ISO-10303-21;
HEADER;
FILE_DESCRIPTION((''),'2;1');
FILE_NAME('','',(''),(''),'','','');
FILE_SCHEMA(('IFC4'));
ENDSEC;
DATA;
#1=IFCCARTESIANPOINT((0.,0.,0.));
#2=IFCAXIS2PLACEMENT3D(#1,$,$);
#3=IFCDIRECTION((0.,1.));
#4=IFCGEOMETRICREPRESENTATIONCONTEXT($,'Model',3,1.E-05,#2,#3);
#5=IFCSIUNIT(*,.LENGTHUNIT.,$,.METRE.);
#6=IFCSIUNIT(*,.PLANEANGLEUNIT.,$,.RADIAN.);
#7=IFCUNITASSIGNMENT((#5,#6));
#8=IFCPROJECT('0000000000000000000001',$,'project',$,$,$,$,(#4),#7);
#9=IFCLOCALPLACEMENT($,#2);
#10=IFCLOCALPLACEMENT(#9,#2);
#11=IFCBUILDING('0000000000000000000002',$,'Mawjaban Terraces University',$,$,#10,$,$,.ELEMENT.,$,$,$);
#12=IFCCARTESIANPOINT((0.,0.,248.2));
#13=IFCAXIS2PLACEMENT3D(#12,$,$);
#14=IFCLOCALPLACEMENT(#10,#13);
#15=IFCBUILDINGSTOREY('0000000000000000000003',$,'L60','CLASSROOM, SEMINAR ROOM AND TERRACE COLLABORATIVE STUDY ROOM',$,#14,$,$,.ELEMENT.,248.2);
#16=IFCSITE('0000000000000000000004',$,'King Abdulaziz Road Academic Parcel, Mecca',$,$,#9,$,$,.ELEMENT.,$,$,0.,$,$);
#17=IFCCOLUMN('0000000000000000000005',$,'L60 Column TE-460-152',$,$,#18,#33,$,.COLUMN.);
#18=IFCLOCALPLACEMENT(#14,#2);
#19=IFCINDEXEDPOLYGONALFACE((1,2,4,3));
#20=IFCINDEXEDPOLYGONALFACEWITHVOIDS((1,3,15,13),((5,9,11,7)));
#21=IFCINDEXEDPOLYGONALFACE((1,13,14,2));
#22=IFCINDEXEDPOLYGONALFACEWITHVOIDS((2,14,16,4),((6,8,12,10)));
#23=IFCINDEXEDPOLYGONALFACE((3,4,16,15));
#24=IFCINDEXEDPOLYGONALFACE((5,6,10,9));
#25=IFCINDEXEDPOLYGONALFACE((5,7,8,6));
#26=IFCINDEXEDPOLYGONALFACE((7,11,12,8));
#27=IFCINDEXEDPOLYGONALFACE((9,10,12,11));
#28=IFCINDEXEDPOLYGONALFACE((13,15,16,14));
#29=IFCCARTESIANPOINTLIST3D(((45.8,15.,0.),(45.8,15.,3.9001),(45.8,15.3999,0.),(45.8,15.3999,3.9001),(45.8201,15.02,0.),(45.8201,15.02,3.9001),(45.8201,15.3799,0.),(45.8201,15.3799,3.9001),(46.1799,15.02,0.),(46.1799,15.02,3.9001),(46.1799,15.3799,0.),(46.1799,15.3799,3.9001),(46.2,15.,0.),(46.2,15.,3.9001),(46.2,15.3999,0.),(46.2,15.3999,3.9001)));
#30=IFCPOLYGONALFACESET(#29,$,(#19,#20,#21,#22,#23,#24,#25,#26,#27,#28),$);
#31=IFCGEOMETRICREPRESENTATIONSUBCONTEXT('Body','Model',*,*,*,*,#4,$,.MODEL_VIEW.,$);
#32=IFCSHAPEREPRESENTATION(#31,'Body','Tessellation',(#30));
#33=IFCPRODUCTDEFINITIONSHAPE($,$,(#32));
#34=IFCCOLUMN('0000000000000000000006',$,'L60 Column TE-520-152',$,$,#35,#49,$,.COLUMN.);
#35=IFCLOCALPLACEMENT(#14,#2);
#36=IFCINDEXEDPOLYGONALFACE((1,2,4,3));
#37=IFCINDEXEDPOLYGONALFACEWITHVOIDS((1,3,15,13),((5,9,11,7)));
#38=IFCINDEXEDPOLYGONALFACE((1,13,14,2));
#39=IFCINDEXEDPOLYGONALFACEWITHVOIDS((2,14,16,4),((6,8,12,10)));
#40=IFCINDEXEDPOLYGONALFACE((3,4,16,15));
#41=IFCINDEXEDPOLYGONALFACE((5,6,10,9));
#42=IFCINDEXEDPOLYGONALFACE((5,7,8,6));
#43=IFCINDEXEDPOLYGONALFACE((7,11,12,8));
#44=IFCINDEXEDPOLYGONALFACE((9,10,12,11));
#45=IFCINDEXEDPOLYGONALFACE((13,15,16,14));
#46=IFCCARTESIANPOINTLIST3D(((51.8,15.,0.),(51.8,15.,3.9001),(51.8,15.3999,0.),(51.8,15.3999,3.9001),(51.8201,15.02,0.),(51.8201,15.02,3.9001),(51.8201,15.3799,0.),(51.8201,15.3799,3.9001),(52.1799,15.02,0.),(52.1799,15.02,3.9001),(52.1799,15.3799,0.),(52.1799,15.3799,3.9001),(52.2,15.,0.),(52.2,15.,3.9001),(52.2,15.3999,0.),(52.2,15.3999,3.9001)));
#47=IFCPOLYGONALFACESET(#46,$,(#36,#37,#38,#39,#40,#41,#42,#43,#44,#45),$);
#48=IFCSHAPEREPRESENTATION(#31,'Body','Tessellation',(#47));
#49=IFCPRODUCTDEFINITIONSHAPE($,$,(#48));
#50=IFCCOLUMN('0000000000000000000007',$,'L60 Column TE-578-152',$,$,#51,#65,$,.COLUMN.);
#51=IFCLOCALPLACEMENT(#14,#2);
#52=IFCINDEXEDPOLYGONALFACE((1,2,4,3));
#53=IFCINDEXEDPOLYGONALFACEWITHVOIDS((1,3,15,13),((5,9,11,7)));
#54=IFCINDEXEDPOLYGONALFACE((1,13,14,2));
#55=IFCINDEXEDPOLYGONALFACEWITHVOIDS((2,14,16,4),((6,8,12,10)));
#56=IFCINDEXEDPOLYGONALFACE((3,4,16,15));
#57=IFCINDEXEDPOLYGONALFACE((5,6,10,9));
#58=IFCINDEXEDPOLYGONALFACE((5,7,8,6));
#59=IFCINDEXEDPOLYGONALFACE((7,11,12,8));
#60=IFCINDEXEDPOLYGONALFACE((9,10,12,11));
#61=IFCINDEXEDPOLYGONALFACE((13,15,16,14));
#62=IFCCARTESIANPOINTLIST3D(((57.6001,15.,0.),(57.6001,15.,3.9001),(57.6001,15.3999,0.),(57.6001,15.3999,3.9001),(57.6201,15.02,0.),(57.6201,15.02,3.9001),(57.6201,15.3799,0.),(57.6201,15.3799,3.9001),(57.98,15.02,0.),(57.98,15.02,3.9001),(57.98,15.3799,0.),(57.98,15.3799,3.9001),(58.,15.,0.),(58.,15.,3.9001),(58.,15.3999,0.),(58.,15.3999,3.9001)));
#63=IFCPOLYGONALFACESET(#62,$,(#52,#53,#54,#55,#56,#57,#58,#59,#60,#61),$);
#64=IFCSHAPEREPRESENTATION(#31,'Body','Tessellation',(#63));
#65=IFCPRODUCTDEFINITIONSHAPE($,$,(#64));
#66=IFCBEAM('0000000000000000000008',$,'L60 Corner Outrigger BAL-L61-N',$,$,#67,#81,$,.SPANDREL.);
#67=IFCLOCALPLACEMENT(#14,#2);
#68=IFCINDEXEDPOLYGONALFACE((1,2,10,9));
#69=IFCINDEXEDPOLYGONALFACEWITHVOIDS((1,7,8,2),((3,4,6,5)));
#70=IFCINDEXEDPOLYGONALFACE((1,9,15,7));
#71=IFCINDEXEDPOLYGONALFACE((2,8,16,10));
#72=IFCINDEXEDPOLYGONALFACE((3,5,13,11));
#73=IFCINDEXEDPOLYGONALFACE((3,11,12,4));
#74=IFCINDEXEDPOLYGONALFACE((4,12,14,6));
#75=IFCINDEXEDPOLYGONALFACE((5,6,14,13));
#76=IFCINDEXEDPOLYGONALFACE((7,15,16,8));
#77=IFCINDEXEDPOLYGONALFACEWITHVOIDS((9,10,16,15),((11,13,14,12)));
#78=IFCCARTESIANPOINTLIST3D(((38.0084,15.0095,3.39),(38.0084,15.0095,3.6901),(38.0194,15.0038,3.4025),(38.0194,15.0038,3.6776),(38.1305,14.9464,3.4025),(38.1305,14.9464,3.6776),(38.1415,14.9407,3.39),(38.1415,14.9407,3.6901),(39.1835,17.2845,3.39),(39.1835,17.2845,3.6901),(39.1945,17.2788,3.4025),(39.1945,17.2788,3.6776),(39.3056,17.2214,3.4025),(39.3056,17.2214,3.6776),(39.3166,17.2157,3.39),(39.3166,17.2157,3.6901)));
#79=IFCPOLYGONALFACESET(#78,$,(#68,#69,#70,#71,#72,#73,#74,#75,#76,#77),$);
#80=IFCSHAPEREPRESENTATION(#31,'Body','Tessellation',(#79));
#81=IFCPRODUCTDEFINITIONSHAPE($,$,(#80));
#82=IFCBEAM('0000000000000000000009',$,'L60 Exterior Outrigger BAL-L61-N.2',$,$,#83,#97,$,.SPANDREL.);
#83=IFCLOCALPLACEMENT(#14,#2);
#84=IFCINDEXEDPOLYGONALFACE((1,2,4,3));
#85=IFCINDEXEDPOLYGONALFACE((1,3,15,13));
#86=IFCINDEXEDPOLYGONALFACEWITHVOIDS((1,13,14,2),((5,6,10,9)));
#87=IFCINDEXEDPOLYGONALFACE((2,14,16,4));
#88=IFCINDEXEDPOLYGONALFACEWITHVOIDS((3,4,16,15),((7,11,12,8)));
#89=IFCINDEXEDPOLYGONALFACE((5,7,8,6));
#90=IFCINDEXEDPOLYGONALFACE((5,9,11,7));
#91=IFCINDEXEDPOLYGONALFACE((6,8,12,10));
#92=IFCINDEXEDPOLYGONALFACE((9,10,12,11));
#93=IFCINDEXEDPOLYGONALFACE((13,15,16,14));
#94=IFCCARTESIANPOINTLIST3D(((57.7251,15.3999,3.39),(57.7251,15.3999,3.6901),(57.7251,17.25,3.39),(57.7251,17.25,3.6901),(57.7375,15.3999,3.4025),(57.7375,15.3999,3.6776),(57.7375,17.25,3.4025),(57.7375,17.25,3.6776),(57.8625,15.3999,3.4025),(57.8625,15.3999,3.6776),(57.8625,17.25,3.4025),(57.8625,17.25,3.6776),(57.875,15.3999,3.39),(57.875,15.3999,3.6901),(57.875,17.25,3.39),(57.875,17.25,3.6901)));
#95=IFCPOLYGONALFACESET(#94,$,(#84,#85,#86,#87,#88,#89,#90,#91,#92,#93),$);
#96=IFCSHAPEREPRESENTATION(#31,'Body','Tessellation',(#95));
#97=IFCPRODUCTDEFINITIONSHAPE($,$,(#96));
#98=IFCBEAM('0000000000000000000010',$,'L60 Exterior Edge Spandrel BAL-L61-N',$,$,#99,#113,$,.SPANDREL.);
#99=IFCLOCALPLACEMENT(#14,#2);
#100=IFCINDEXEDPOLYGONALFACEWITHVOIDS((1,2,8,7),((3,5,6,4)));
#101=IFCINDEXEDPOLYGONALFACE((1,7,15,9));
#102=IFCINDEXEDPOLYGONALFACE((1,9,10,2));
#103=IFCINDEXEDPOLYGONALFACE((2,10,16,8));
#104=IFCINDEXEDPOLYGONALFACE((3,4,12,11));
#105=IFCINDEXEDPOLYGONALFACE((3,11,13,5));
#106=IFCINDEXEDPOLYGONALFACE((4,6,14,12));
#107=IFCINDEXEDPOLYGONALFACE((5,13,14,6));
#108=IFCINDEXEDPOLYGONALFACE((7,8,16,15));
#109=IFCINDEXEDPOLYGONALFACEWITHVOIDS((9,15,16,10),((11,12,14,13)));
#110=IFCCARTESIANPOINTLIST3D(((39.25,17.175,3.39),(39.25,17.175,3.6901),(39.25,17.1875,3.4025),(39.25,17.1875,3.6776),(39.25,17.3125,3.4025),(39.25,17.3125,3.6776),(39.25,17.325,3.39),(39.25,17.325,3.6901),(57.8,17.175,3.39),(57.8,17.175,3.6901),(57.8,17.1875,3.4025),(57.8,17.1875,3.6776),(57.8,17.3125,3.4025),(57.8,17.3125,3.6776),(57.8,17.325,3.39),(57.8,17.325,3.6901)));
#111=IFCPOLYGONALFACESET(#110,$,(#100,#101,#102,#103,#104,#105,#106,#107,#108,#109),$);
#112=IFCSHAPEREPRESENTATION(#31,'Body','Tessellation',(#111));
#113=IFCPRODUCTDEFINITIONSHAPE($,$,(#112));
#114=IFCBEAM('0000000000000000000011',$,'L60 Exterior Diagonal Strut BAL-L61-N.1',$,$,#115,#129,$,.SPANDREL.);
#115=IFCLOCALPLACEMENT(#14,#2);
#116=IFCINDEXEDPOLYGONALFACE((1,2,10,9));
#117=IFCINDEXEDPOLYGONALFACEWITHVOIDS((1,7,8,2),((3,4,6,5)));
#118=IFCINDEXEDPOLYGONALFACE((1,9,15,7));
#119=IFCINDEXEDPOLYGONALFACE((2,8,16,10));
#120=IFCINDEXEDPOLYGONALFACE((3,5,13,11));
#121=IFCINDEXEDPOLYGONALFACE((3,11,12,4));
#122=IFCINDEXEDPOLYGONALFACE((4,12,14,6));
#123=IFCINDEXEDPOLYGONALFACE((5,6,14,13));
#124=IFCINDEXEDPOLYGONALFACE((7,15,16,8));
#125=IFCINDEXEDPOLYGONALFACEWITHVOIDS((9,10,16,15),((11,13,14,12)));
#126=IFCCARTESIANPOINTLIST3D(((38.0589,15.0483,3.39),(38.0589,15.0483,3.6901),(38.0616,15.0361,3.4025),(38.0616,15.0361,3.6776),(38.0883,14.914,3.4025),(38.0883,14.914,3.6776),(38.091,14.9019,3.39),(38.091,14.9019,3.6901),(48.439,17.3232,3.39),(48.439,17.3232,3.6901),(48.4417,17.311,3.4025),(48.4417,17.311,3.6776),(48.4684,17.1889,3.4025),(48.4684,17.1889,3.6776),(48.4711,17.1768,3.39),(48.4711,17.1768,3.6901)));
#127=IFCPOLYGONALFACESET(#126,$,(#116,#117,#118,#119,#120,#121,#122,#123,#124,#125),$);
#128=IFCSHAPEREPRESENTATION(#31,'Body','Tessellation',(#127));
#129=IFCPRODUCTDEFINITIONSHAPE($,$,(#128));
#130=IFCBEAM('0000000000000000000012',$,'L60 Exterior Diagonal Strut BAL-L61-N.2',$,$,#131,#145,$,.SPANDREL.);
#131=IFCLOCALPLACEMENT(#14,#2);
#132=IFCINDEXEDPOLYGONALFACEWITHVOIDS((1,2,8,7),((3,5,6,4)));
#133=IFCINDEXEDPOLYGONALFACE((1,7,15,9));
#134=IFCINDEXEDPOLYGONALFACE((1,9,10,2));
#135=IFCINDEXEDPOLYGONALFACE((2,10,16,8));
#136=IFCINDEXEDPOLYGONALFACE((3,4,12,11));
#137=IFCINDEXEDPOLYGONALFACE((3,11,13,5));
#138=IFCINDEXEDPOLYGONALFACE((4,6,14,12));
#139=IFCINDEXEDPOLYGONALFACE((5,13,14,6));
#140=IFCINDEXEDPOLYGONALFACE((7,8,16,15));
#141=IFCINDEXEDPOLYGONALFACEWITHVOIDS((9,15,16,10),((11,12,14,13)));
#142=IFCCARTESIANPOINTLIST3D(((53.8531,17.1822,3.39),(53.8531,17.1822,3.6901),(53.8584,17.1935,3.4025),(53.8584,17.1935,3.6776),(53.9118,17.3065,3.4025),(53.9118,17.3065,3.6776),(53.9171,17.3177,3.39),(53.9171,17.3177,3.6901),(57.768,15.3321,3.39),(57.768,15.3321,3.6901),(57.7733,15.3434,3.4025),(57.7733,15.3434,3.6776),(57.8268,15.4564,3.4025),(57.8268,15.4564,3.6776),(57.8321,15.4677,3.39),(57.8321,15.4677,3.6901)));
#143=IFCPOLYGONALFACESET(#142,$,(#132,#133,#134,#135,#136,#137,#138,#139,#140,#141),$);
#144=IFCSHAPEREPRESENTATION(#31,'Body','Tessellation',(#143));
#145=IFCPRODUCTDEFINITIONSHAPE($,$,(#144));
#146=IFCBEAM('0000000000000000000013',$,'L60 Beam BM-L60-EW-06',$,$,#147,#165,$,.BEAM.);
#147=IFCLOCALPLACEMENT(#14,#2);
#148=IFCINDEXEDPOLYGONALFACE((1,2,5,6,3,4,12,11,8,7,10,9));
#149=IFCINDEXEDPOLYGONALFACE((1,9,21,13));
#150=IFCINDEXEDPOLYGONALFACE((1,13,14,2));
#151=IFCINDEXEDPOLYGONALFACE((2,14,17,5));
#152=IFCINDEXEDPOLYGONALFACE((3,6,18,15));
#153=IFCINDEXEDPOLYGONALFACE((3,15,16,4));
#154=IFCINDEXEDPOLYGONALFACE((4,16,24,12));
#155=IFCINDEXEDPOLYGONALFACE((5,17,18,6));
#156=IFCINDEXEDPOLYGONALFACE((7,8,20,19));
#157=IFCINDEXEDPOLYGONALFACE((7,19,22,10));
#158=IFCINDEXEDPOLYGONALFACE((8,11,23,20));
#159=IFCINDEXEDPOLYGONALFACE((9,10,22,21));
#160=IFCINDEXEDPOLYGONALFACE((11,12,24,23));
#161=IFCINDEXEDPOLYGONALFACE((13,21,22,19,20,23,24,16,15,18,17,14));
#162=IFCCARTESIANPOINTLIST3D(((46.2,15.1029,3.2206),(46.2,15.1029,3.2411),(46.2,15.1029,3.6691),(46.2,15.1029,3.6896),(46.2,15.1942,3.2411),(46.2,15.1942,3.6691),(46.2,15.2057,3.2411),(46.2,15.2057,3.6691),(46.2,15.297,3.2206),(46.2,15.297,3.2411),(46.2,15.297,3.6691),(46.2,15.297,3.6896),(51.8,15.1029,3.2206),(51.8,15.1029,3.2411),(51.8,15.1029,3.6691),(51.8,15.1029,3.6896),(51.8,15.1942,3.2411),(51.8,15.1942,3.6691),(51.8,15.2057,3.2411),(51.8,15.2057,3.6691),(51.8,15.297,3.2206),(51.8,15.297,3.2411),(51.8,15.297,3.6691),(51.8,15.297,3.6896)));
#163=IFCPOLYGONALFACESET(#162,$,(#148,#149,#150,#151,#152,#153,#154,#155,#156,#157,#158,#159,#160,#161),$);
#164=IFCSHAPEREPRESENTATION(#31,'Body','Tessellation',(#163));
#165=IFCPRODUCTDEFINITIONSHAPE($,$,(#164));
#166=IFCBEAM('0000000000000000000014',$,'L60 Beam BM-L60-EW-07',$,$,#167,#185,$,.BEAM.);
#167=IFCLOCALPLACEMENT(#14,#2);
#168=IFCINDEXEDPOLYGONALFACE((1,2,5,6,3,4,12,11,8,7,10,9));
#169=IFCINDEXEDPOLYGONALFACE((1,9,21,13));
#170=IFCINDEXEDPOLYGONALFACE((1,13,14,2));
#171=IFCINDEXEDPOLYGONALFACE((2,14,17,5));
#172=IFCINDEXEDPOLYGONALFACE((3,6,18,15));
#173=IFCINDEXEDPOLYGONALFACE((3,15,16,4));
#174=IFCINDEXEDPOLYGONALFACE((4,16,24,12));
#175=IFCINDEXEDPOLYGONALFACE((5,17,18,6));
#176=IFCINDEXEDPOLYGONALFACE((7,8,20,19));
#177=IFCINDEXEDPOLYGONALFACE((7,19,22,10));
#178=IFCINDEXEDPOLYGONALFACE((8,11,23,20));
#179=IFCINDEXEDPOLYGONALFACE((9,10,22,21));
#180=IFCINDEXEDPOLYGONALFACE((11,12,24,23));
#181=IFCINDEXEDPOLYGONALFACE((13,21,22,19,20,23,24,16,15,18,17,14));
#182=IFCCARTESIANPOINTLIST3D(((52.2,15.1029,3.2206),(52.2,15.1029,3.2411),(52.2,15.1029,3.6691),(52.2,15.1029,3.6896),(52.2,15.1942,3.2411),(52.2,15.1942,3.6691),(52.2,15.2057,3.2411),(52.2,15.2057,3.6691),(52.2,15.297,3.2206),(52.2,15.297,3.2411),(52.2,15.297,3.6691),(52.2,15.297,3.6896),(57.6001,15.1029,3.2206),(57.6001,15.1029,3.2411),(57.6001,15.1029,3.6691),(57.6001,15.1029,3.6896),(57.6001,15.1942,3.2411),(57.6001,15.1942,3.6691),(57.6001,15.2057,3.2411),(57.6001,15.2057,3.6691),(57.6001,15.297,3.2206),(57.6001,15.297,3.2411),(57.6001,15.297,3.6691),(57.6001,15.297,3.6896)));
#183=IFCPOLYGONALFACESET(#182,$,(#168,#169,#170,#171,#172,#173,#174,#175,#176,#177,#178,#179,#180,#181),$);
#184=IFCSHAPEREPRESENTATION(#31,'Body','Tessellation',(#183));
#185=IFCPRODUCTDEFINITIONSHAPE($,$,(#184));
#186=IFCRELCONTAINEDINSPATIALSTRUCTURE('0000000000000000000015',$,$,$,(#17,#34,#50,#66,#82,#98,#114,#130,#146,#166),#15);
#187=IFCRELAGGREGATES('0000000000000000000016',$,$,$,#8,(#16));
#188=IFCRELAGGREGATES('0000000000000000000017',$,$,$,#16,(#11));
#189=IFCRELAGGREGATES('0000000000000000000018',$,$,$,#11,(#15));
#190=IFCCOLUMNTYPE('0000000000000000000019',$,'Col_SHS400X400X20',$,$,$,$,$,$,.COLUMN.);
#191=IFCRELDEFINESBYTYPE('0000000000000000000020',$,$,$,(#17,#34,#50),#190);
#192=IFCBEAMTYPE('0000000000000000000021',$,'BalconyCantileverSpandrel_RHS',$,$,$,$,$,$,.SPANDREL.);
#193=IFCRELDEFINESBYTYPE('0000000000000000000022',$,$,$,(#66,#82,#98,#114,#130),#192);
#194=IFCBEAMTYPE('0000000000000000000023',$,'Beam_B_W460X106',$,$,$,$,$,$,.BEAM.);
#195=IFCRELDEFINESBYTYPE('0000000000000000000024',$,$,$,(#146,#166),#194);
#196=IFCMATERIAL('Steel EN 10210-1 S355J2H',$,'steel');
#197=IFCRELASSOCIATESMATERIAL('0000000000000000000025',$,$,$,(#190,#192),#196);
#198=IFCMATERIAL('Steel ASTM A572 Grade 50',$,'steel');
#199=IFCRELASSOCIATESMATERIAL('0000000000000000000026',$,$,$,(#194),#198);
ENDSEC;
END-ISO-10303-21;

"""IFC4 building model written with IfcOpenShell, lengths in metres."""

from ifc_helpers import new_model, si_unit, direction, frame, origin, origin_2d, place, context, subcontext, project, spatial, hollow_rectangle, i_section, extrude, material, material_profile, profile_set, type_object, element, save


model = new_model("IFC4")

# Units and contexts
model_context = context("Model", 3, precision=1e-05, world=origin(), true_north=direction((0.0, 1.0)))
body_context = subcontext(model_context, "Body", "Model", "MODEL_VIEW")
ifc_project = project(units=[si_unit("LENGTHUNIT", "METRE"), si_unit("PLANEANGLEUNIT", "RADIAN")], contexts=[model_context])

# Site, building, storey
site_placement = place(None, origin())
site = spatial("IfcSite", under=ifc_project, at=site_placement, Name="King Abdulaziz Road Academic Parcel, Mecca", CompositionType="ELEMENT", RefElevation=0.0)
building_placement = place(site_placement, origin())
building = spatial("IfcBuilding", under=site, at=building_placement, Name="Mawjaban Terraces University", CompositionType="ELEMENT")
storey_placement = place(building_placement, frame((0.0, 0.0, 248.2)))
storey = spatial("IfcBuildingStorey", under=building, at=storey_placement, Name="L60", Description="CLASSROOM, SEMINAR ROOM AND TERRACE COLLABORATIVE STUDY ROOM", CompositionType="ELEMENT", Elevation=248.2)

# Columns
ifc_material_1 = material(Name="Steel EN 10210-1 S355J2H", Category="steel")
ifc_material_profile_1 = material_profile(ifc_material_1, hollow_rectangle(XDim=0.3999, YDim=0.3999, WallThickness=0.02, at=origin_2d()), Name="SHS400X400X20")
ifc_profile_set_1 = profile_set([ifc_material_profile_1], Name="Steel EN 10210-1 S355J2H")
column_type = type_object("IfcColumnType", Name="Col_SHS400X400X20", PredefinedType="COLUMN", material=ifc_profile_set_1)
for number, where, z_axis, x_axis, name in (
    (1, (46.0, 15.2, 0.0), (0.0, 0.0, 1.0), (1.0, 0.0, 0.0), "L60 Column TE-460-152"),
    (2, (52.0, 15.2, 0.0), (0.0, 0.0, 1.0), (1.0, 0.0, 0.0), "L60 Column TE-520-152"),
    (3, (57.8, 15.2, 0.0), (0.0, 0.0, 1.0), (1.0, 0.0, 0.0), "L60 Column TE-578-152"),
):
    element("IfcColumn", number, at=place(storey_placement, frame(where, z_axis=z_axis, x_axis=x_axis)), inside=storey, type_object=column_type, Name=name, PredefinedType="COLUMN", context=body_context, shape_type="SweptSolid", body=[
        extrude(hollow_rectangle(XDim=0.3999, YDim=0.3999, WallThickness=0.02, at=origin_2d()), origin(), (0.0, 0.0, 1.0), 3.9001),
    ])

# Beams
ifc_material_profile_2 = material_profile(ifc_material_1, hollow_rectangle(XDim=0.1499, YDim=0.3, WallThickness=0.0125, at=origin_2d()), Name="RHS300X150X12.5")
ifc_profile_set_2 = profile_set([ifc_material_profile_2], Name="Steel EN 10210-1 S355J2H")
beam_type_1 = type_object("IfcBeamType", Name="BalconyCantileverSpandrel_RHS", PredefinedType="SPANDREL", material=ifc_profile_set_2)
beam_1_placement = place(storey_placement, frame((38.075, 14.9751, 3.54), z_axis=(0.458922, 0.888476, 0.0), x_axis=(-0.888476, 0.458922, 0.0)))
element("IfcBeam", 4, at=beam_1_placement, inside=storey, type_object=beam_type_1, Name="L60 Corner Outrigger BAL-L61-N", PredefinedType="SPANDREL", context=body_context, shape_type="SweptSolid", body=[
    extrude(hollow_rectangle(XDim=0.1499, YDim=0.3, WallThickness=0.0125, at=origin_2d()), origin(), (0.0, 0.0, 1.0), 2.5605),
])
beam_2_placement = place(storey_placement, frame((57.8, 15.3999, 3.54), z_axis=(0.0, 1.0, 0.0), x_axis=(-1.0, 0.0, 0.0)))
element("IfcBeam", 5, at=beam_2_placement, inside=storey, type_object=beam_type_1, Name="L60 Exterior Outrigger BAL-L61-N.2", PredefinedType="SPANDREL", context=body_context, shape_type="SweptSolid", body=[
    extrude(hollow_rectangle(XDim=0.1499, YDim=0.3, WallThickness=0.0125, at=origin_2d()), origin(), (0.0, 0.0, 1.0), 1.8501),
])
beam_3_placement = place(storey_placement, frame((39.25, 17.25, 3.54), z_axis=(1.0, 0.0, 0.0), x_axis=(0.0, 1.0, 0.0)))
element("IfcBeam", 6, at=beam_3_placement, inside=storey, type_object=beam_type_1, Name="L60 Exterior Edge Spandrel BAL-L61-N", PredefinedType="SPANDREL", context=body_context, shape_type="SweptSolid", body=[
    extrude(hollow_rectangle(XDim=0.1499, YDim=0.3, WallThickness=0.0125, at=origin_2d()), origin(), (0.0, 0.0, 1.0), 18.55),
])
beam_4_placement = place(storey_placement, frame((38.075, 14.9751, 3.54), z_axis=(0.976816, 0.214079, 0.0), x_axis=(-0.214079, 0.976816, 0.0)))
element("IfcBeam", 7, at=beam_4_placement, inside=storey, type_object=beam_type_1, Name="L60 Exterior Diagonal Strut BAL-L61-N.1", PredefinedType="SPANDREL", context=body_context, shape_type="SweptSolid", body=[
    extrude(hollow_rectangle(XDim=0.1499, YDim=0.3, WallThickness=0.0125, at=origin_2d()), origin(), (0.0, 0.0, 1.0), 10.6265),
])
beam_5_placement = place(storey_placement, frame((57.8, 15.3999, 3.54), z_axis=(-0.90413, 0.427257, 0.0), x_axis=(-0.427257, -0.90413, 0.0)))
element("IfcBeam", 8, at=beam_5_placement, inside=storey, type_object=beam_type_1, Name="L60 Exterior Diagonal Strut BAL-L61-N.2", PredefinedType="SPANDREL", context=body_context, shape_type="SweptSolid", body=[
    extrude(hollow_rectangle(XDim=0.1499, YDim=0.3, WallThickness=0.0125, at=origin_2d()), origin(), (0.0, 0.0, 1.0), 4.3301),
])
ifc_material_2 = material(Name="Steel ASTM A572 Grade 50", Category="steel")
ifc_material_profile_3 = material_profile(ifc_material_2, i_section(OverallWidth=0.1941, OverallDepth=0.469, WebThickness=0.0115, FlangeThickness=0.0205, at=origin_2d()), Name="W460X106")
ifc_profile_set_3 = profile_set([ifc_material_profile_3], Name="Steel ASTM A572 Grade 50")
beam_type_2 = type_object("IfcBeamType", Name="Beam_B_W460X106", PredefinedType="BEAM", material=ifc_profile_set_3)
beam_6_placement = place(storey_placement, frame((46.2, 15.2, 3.4551), z_axis=(1.0, 0.0, 0.0), x_axis=(0.0, 1.0, 0.0)))
element("IfcBeam", 9, at=beam_6_placement, inside=storey, type_object=beam_type_2, Name="L60 Beam BM-L60-EW-06", PredefinedType="BEAM", context=body_context, shape_type="SweptSolid", body=[
    extrude(i_section(OverallWidth=0.1941, OverallDepth=0.469, WebThickness=0.0115, FlangeThickness=0.0205, at=origin_2d()), origin(), (0.0, 0.0, 1.0), 5.6001),
])
beam_7_placement = place(storey_placement, frame((52.2, 15.2, 3.4551), z_axis=(1.0, 0.0, 0.0), x_axis=(0.0, 1.0, 0.0)))
element("IfcBeam", 10, at=beam_7_placement, inside=storey, type_object=beam_type_2, Name="L60 Beam BM-L60-EW-07", PredefinedType="BEAM", context=body_context, shape_type="SweptSolid", body=[
    extrude(i_section(OverallWidth=0.1941, OverallDepth=0.469, WebThickness=0.0115, FlangeThickness=0.0205, at=origin_2d()), origin(), (0.0, 0.0, 1.0), 5.4001),
])

save(model, "model.ifc")
